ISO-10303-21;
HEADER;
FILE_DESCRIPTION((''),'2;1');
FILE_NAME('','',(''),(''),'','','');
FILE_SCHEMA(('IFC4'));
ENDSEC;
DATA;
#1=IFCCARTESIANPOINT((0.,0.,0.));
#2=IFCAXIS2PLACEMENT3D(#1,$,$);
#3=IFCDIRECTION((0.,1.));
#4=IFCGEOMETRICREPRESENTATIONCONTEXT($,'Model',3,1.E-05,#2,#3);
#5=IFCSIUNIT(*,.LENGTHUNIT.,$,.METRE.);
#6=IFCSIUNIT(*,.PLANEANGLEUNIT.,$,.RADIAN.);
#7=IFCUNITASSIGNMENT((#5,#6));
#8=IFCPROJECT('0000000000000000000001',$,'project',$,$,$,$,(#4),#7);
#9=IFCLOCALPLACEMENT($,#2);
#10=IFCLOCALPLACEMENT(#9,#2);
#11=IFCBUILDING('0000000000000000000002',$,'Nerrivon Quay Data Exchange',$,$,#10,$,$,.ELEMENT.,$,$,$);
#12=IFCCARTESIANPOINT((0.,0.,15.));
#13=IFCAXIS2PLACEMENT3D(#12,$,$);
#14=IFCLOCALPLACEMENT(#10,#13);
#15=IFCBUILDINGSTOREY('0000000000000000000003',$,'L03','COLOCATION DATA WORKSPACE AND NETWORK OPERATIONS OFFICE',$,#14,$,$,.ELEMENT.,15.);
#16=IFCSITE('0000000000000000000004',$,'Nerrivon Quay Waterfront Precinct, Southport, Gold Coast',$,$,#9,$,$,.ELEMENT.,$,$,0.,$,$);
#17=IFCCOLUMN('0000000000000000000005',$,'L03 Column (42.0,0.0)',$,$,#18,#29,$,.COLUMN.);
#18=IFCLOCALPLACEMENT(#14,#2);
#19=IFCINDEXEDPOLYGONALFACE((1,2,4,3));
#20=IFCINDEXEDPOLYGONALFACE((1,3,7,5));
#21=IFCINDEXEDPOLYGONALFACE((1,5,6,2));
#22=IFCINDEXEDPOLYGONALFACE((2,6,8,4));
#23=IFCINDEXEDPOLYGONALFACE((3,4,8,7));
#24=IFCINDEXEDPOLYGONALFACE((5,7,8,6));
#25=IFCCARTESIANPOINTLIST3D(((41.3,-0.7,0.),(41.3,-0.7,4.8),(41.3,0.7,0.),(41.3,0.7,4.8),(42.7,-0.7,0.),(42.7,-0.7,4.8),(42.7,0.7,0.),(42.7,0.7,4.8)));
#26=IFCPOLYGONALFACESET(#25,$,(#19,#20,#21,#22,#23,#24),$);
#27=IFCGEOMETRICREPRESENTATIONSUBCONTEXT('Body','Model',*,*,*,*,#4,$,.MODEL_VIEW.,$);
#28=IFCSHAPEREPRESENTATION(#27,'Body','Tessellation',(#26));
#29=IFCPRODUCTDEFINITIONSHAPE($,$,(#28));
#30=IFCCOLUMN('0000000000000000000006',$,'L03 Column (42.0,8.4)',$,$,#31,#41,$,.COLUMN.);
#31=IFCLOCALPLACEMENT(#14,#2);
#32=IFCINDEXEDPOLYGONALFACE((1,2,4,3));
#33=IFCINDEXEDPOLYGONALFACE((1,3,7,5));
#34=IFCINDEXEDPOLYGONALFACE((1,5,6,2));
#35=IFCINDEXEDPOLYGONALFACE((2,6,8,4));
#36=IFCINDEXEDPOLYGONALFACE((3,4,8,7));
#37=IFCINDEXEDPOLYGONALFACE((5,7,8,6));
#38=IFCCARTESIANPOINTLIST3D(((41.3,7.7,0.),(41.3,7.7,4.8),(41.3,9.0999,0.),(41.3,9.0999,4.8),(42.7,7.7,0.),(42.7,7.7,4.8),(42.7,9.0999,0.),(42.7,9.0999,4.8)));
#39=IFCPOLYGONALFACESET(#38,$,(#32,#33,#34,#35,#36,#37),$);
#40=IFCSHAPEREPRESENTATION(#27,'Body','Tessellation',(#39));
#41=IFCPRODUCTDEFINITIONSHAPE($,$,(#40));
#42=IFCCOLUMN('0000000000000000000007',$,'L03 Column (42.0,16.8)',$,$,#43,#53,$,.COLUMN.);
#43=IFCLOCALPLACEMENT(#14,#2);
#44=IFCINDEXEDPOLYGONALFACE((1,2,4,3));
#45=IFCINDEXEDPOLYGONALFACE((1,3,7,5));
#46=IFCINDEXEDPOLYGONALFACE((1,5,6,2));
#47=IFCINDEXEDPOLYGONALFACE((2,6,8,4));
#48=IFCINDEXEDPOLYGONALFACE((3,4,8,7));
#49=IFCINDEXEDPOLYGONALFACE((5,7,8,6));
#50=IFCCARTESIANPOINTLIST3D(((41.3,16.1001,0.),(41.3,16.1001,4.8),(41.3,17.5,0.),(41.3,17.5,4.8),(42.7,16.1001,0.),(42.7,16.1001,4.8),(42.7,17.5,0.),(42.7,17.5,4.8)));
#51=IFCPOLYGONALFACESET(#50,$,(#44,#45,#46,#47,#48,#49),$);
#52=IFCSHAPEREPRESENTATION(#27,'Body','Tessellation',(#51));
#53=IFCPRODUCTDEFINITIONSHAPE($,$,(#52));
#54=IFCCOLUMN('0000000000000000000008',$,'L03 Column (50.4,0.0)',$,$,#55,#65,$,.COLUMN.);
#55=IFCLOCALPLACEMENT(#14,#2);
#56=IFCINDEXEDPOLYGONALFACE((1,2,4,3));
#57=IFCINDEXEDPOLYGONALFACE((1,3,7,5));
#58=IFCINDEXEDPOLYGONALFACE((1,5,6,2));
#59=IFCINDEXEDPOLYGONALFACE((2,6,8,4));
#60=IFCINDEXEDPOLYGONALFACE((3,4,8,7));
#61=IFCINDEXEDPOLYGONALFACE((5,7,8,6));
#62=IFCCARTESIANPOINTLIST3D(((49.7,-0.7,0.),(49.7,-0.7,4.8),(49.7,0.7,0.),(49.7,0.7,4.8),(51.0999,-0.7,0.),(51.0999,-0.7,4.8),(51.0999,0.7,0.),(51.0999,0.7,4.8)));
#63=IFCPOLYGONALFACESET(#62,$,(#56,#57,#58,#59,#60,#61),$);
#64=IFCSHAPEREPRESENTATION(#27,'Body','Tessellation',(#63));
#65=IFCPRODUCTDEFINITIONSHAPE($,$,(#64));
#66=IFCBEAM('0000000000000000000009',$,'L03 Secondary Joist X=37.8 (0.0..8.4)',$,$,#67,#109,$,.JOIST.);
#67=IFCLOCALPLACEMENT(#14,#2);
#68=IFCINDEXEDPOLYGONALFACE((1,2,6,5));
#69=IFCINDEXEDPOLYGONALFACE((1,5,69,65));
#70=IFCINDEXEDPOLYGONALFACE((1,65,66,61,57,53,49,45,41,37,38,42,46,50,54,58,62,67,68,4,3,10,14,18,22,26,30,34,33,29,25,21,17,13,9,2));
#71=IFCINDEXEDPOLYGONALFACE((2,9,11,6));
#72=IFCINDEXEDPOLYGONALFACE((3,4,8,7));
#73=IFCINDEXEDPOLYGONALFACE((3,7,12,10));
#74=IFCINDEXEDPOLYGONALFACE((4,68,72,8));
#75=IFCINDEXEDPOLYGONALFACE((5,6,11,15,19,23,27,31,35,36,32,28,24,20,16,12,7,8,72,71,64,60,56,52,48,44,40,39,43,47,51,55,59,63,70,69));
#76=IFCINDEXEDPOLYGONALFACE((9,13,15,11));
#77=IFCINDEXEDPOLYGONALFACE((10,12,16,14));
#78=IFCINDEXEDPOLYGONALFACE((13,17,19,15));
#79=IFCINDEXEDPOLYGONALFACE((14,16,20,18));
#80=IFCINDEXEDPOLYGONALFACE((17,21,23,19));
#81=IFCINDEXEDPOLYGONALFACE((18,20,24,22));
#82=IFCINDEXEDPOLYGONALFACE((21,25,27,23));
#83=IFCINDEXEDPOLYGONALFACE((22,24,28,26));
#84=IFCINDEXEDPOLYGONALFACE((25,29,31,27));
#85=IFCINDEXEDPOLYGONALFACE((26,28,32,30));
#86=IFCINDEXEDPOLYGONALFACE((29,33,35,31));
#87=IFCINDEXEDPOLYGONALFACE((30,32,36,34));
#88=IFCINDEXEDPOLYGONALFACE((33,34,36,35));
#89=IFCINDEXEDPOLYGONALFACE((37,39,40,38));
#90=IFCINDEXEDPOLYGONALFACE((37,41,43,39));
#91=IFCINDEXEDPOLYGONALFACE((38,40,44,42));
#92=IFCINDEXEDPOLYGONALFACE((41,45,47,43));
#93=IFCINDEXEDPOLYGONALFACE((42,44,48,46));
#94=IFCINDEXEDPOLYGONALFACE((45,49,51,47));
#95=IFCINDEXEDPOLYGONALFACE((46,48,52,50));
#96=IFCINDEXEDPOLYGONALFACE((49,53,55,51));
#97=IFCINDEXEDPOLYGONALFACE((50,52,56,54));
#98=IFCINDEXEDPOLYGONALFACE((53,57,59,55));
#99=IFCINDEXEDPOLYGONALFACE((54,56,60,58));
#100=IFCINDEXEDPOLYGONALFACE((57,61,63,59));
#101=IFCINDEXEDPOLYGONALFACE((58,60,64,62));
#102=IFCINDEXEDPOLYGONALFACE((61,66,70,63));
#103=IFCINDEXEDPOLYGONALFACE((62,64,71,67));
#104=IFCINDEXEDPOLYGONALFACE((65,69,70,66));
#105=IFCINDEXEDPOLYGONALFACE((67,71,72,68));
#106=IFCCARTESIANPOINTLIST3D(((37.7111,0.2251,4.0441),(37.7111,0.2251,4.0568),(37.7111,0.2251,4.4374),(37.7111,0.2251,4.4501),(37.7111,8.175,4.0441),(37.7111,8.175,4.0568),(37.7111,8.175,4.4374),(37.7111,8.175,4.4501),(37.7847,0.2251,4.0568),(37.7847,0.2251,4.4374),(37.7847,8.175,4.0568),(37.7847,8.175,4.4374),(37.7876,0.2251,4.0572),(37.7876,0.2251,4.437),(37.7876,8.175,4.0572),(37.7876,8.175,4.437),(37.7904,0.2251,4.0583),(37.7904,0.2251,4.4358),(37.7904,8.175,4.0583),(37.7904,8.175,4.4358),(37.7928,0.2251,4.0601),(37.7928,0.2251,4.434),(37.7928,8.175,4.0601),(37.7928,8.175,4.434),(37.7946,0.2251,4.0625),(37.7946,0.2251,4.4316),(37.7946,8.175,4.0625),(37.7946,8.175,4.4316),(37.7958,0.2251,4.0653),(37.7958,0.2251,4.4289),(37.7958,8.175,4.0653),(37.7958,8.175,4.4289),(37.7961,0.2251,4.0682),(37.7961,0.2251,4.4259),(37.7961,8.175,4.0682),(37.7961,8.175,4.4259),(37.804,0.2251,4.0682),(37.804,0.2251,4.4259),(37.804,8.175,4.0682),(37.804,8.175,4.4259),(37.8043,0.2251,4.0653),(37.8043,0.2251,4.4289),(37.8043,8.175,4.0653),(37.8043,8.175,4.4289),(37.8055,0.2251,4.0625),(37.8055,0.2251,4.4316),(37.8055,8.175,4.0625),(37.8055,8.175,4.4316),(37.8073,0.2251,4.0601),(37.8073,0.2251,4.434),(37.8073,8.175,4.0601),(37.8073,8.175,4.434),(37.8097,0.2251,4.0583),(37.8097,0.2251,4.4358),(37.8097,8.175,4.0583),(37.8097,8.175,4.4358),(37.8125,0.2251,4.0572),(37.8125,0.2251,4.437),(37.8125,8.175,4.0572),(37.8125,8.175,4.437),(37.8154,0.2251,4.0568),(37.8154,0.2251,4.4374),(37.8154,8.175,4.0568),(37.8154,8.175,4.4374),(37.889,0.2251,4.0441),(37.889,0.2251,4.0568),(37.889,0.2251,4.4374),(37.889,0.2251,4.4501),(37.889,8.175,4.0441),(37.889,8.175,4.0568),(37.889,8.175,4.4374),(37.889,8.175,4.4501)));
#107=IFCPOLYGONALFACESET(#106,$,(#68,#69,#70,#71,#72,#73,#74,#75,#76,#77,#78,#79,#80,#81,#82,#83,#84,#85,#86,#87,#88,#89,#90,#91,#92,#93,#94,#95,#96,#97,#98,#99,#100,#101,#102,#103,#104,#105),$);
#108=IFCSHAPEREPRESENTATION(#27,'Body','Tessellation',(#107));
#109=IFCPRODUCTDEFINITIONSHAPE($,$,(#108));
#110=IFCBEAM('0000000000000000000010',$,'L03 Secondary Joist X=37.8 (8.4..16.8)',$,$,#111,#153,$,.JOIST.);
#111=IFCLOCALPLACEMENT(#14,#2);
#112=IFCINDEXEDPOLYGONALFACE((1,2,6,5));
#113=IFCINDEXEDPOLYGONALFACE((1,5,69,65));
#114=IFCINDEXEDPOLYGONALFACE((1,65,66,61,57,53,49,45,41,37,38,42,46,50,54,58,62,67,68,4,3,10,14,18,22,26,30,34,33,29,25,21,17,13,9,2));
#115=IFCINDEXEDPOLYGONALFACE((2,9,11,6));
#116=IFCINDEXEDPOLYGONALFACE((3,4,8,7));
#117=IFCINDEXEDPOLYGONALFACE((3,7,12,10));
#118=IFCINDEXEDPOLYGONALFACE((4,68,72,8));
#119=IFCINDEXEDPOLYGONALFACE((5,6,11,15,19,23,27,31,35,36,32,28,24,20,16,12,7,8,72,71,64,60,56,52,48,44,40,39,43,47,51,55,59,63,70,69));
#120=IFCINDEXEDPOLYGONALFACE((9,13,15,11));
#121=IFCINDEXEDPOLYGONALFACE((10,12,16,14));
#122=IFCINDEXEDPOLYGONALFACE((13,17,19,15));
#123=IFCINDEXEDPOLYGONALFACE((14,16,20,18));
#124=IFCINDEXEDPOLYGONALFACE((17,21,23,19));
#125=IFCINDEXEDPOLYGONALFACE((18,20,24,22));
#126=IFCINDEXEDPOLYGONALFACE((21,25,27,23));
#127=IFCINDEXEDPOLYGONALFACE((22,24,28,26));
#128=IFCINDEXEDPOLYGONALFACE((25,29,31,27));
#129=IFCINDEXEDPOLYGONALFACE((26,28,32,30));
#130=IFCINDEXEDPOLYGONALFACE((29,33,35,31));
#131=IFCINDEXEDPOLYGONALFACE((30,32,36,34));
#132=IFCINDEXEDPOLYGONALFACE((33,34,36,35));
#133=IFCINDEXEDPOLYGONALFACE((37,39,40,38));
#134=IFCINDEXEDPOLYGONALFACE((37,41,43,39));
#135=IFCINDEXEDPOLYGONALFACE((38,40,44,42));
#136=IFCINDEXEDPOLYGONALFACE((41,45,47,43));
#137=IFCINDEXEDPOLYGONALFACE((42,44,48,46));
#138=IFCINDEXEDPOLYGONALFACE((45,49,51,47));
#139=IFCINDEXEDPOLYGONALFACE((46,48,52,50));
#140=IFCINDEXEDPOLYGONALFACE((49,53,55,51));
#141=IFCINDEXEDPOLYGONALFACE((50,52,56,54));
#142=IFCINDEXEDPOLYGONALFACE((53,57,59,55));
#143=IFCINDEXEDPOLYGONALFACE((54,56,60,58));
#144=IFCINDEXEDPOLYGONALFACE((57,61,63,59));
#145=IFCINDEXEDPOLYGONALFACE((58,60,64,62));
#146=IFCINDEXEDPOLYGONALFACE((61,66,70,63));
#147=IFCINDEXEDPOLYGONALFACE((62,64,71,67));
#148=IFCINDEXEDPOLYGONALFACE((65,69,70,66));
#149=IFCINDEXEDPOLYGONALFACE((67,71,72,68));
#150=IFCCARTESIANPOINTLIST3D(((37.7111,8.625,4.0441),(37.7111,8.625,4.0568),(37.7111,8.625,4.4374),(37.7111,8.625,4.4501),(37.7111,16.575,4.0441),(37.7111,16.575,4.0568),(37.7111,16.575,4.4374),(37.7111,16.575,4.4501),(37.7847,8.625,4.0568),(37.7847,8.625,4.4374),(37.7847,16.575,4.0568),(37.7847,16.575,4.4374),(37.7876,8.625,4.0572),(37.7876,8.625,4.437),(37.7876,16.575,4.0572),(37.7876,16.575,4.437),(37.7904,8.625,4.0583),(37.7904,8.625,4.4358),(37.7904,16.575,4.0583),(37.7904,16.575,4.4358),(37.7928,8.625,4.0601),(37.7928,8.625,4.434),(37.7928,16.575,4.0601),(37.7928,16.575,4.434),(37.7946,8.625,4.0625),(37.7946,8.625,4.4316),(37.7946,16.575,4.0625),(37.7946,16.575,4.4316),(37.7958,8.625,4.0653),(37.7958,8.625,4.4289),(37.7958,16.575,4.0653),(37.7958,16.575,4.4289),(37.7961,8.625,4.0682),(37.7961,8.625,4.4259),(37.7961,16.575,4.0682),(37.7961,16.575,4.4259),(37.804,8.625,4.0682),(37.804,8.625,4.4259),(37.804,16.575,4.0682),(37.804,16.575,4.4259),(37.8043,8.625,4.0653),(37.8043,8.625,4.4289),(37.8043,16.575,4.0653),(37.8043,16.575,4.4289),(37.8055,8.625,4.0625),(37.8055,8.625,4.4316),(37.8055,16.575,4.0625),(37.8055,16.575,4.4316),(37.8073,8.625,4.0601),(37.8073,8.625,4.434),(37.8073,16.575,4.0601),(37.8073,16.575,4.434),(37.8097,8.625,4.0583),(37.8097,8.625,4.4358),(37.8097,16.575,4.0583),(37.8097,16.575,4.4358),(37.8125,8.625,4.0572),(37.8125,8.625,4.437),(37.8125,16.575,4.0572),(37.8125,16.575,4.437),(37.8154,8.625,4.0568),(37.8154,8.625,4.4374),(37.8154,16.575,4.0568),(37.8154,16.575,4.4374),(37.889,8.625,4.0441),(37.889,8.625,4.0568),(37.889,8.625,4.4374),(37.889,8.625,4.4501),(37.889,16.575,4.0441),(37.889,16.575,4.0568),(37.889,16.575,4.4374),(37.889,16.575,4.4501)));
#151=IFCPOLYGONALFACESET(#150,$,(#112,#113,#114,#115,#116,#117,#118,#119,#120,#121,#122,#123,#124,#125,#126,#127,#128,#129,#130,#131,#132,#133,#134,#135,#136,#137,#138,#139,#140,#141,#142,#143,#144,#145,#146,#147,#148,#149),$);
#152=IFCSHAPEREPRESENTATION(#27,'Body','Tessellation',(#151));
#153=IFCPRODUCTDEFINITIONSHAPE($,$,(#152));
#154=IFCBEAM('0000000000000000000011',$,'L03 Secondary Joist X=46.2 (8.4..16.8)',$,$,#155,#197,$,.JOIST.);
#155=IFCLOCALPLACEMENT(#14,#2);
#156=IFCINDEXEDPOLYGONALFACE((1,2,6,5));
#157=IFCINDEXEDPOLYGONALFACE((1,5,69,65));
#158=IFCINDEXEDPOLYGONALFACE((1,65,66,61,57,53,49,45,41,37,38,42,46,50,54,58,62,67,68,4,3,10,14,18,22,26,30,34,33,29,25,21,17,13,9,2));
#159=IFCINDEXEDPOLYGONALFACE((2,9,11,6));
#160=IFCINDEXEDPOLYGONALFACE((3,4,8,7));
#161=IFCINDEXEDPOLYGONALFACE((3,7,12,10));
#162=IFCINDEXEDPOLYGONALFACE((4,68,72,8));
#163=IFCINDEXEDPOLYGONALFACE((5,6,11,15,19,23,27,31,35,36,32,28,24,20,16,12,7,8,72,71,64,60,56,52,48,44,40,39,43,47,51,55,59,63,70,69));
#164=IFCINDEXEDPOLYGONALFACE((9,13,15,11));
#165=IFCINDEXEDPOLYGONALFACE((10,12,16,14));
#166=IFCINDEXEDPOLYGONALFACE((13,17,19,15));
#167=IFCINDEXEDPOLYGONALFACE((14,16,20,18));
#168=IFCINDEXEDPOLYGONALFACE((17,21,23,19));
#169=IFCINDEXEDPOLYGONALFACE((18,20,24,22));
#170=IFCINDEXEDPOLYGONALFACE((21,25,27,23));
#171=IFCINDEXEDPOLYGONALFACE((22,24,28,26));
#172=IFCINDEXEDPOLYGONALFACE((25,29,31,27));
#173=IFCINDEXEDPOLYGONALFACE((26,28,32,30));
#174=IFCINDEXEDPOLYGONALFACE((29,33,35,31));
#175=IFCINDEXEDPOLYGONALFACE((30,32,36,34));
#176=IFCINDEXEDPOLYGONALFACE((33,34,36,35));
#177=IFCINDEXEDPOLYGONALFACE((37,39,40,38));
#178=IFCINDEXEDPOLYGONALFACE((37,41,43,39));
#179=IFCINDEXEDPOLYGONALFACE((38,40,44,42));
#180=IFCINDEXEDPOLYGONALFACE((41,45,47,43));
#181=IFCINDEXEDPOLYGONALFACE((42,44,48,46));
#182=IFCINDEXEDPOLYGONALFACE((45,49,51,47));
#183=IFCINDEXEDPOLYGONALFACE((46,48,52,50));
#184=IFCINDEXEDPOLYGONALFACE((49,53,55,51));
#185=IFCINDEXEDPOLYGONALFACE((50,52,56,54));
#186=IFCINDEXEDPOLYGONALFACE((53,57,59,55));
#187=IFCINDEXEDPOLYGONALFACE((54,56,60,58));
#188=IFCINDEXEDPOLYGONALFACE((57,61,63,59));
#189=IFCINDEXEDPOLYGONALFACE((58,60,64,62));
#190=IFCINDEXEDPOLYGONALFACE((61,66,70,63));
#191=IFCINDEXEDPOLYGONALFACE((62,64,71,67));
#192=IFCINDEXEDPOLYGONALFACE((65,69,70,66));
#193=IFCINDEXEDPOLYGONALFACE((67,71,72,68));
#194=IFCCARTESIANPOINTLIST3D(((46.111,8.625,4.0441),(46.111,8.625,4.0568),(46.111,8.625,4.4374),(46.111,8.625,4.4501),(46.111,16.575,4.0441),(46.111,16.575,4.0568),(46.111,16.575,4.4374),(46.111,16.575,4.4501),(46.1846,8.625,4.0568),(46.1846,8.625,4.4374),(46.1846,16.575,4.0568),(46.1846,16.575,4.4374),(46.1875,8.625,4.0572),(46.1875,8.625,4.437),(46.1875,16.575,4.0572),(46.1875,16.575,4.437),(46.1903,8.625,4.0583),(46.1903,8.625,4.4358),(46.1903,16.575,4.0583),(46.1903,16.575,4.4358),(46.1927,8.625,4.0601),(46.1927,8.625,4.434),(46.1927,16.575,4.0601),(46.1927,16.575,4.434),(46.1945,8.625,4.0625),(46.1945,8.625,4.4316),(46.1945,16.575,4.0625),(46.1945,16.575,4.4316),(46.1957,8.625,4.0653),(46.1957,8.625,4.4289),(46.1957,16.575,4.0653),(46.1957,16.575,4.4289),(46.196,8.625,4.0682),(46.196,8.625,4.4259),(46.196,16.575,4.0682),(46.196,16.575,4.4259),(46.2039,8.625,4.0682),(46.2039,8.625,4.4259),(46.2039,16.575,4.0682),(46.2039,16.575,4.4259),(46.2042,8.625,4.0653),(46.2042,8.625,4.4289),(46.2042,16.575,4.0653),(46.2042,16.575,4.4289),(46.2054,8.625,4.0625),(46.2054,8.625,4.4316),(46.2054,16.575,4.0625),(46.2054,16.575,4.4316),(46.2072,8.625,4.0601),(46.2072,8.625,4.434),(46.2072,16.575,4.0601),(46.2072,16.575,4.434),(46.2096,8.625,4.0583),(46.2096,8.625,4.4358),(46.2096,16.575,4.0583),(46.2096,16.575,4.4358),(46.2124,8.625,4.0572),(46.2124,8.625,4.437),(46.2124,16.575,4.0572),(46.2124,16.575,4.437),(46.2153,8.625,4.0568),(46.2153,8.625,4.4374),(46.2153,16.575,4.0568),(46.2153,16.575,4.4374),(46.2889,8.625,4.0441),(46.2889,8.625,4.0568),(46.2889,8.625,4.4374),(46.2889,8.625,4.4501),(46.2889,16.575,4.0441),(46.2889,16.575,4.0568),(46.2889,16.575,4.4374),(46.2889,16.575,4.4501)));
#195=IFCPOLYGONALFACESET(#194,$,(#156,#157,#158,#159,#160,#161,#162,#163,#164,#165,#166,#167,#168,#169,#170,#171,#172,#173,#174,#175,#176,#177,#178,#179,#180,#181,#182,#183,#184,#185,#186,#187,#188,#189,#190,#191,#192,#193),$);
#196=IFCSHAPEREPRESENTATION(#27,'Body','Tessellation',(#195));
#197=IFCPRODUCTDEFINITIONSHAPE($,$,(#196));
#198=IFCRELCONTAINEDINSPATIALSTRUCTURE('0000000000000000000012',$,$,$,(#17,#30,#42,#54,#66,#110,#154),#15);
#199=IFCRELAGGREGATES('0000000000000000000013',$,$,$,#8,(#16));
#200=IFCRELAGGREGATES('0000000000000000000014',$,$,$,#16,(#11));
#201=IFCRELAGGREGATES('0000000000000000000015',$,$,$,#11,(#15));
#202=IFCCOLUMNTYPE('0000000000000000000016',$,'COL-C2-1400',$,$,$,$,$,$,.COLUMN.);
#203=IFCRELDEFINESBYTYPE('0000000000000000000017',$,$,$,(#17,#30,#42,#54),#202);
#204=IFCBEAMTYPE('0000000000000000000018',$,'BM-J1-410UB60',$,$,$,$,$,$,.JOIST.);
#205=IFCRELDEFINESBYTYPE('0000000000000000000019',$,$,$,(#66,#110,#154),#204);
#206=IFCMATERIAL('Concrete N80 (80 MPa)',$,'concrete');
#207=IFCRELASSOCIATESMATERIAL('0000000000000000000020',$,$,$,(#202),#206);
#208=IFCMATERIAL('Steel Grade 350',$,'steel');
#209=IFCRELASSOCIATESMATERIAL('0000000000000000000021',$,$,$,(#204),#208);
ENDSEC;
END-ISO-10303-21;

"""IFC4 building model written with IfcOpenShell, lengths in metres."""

from ifc_helpers import new_model, si_unit, direction, frame, origin, origin_2d, place, context, subcontext, project, spatial, rectangle, i_section, extrude, material, material_profile, profile_set, type_object, element, save


model = new_model("IFC4")

# Units and contexts
model_context = context("Model", 3, precision=1e-05, world=origin(), true_north=direction((0.0, 1.0)))
body_context = subcontext(model_context, "Body", "Model", "MODEL_VIEW")
ifc_project = project(units=[si_unit("LENGTHUNIT", "METRE"), si_unit("PLANEANGLEUNIT", "RADIAN")], contexts=[model_context])

# Site, building, storey
site_placement = place(None, origin())
site = spatial("IfcSite", under=ifc_project, at=site_placement, Name="Nerrivon Quay Waterfront Precinct, Southport, Gold Coast", CompositionType="ELEMENT", RefElevation=0.0)
building_placement = place(site_placement, origin())
building = spatial("IfcBuilding", under=site, at=building_placement, Name="Nerrivon Quay Data Exchange", CompositionType="ELEMENT")
storey_placement = place(building_placement, frame((0.0, 0.0, 15.0)))
storey = spatial("IfcBuildingStorey", under=building, at=storey_placement, Name="L03", Description="COLOCATION DATA WORKSPACE AND NETWORK OPERATIONS OFFICE", CompositionType="ELEMENT", Elevation=15.0)

# Columns
ifc_material_1 = material(Name="Concrete N80 (80 MPa)", Category="concrete")
ifc_material_profile_1 = material_profile(ifc_material_1, rectangle(XDim=1.3999, YDim=1.3999, at=origin_2d()), Name="RC-COL-1400x1400")
ifc_profile_set_1 = profile_set([ifc_material_profile_1], Name="Concrete N80 (80 MPa)")
column_type = type_object("IfcColumnType", Name="COL-C2-1400", PredefinedType="COLUMN", material=ifc_profile_set_1)
for number, where, z_axis, x_axis, name in (
    (1, (42.0, 0.0, 0.0), (0.0, 0.0, 1.0), (1.0, 0.0, 0.0), "L03 Column (42.0,0.0)"),
    (2, (42.0, 8.3999, 0.0), (0.0, 0.0, 1.0), (1.0, 0.0, 0.0), "L03 Column (42.0,8.4)"),
    (3, (42.0, 16.8, 0.0), (0.0, 0.0, 1.0), (1.0, 0.0, 0.0), "L03 Column (42.0,16.8)"),
    (4, (50.3999, 0.0, 0.0), (0.0, 0.0, 1.0), (1.0, 0.0, 0.0), "L03 Column (50.4,0.0)"),
):
    element("IfcColumn", number, at=place(storey_placement, frame(where, z_axis=z_axis, x_axis=x_axis)), inside=storey, type_object=column_type, Name=name, PredefinedType="COLUMN", context=body_context, shape_type="SweptSolid", body=[
        extrude(rectangle(XDim=1.3999, YDim=1.3999, at=origin_2d()), origin(), (0.0, 0.0, 1.0), 4.8),
    ])

# Beams
ifc_material_2 = material(Name="Steel Grade 350", Category="steel")
ifc_material_profile_2 = material_profile(ifc_material_2, i_section(OverallWidth=0.178, OverallDepth=0.406, WebThickness=0.0078, FlangeThickness=0.0127, FilletRadius=0.0115, at=origin_2d()), Name="410UB59.7")
ifc_profile_set_2 = profile_set([ifc_material_profile_2], Name="Steel Grade 350")
beam_type_1 = type_object("IfcBeamType", Name="BM-J1-410UB60", PredefinedType="JOIST", material=ifc_profile_set_2)
for number, where, z_axis, x_axis, name in (
    (5, (37.8, 0.2251, 4.2471), (0.0, 1.0, 0.0), (-1.0, 0.0, 0.0), "L03 Secondary Joist X=37.8 (0.0..8.4)"),
    (6, (37.8, 8.625, 4.2471), (0.0, 1.0, 0.0), (-1.0, 0.0, 0.0), "L03 Secondary Joist X=37.8 (8.4..16.8)"),
    (7, (46.2, 8.625, 4.2471), (0.0, 1.0, 0.0), (-1.0, 0.0, 0.0), "L03 Secondary Joist X=46.2 (8.4..16.8)"),
):
    element("IfcBeam", number, at=place(storey_placement, frame(where, z_axis=z_axis, x_axis=x_axis)), inside=storey, type_object=beam_type_1, Name=name, PredefinedType="JOIST", context=body_context, shape_type="SweptSolid", body=[
        extrude(i_section(OverallWidth=0.178, OverallDepth=0.406, WebThickness=0.0078, FlangeThickness=0.0127, FilletRadius=0.0115, at=origin_2d()), origin(), (0.0, 0.0, 1.0), 7.95),
    ])

save(model, "model.ifc")
